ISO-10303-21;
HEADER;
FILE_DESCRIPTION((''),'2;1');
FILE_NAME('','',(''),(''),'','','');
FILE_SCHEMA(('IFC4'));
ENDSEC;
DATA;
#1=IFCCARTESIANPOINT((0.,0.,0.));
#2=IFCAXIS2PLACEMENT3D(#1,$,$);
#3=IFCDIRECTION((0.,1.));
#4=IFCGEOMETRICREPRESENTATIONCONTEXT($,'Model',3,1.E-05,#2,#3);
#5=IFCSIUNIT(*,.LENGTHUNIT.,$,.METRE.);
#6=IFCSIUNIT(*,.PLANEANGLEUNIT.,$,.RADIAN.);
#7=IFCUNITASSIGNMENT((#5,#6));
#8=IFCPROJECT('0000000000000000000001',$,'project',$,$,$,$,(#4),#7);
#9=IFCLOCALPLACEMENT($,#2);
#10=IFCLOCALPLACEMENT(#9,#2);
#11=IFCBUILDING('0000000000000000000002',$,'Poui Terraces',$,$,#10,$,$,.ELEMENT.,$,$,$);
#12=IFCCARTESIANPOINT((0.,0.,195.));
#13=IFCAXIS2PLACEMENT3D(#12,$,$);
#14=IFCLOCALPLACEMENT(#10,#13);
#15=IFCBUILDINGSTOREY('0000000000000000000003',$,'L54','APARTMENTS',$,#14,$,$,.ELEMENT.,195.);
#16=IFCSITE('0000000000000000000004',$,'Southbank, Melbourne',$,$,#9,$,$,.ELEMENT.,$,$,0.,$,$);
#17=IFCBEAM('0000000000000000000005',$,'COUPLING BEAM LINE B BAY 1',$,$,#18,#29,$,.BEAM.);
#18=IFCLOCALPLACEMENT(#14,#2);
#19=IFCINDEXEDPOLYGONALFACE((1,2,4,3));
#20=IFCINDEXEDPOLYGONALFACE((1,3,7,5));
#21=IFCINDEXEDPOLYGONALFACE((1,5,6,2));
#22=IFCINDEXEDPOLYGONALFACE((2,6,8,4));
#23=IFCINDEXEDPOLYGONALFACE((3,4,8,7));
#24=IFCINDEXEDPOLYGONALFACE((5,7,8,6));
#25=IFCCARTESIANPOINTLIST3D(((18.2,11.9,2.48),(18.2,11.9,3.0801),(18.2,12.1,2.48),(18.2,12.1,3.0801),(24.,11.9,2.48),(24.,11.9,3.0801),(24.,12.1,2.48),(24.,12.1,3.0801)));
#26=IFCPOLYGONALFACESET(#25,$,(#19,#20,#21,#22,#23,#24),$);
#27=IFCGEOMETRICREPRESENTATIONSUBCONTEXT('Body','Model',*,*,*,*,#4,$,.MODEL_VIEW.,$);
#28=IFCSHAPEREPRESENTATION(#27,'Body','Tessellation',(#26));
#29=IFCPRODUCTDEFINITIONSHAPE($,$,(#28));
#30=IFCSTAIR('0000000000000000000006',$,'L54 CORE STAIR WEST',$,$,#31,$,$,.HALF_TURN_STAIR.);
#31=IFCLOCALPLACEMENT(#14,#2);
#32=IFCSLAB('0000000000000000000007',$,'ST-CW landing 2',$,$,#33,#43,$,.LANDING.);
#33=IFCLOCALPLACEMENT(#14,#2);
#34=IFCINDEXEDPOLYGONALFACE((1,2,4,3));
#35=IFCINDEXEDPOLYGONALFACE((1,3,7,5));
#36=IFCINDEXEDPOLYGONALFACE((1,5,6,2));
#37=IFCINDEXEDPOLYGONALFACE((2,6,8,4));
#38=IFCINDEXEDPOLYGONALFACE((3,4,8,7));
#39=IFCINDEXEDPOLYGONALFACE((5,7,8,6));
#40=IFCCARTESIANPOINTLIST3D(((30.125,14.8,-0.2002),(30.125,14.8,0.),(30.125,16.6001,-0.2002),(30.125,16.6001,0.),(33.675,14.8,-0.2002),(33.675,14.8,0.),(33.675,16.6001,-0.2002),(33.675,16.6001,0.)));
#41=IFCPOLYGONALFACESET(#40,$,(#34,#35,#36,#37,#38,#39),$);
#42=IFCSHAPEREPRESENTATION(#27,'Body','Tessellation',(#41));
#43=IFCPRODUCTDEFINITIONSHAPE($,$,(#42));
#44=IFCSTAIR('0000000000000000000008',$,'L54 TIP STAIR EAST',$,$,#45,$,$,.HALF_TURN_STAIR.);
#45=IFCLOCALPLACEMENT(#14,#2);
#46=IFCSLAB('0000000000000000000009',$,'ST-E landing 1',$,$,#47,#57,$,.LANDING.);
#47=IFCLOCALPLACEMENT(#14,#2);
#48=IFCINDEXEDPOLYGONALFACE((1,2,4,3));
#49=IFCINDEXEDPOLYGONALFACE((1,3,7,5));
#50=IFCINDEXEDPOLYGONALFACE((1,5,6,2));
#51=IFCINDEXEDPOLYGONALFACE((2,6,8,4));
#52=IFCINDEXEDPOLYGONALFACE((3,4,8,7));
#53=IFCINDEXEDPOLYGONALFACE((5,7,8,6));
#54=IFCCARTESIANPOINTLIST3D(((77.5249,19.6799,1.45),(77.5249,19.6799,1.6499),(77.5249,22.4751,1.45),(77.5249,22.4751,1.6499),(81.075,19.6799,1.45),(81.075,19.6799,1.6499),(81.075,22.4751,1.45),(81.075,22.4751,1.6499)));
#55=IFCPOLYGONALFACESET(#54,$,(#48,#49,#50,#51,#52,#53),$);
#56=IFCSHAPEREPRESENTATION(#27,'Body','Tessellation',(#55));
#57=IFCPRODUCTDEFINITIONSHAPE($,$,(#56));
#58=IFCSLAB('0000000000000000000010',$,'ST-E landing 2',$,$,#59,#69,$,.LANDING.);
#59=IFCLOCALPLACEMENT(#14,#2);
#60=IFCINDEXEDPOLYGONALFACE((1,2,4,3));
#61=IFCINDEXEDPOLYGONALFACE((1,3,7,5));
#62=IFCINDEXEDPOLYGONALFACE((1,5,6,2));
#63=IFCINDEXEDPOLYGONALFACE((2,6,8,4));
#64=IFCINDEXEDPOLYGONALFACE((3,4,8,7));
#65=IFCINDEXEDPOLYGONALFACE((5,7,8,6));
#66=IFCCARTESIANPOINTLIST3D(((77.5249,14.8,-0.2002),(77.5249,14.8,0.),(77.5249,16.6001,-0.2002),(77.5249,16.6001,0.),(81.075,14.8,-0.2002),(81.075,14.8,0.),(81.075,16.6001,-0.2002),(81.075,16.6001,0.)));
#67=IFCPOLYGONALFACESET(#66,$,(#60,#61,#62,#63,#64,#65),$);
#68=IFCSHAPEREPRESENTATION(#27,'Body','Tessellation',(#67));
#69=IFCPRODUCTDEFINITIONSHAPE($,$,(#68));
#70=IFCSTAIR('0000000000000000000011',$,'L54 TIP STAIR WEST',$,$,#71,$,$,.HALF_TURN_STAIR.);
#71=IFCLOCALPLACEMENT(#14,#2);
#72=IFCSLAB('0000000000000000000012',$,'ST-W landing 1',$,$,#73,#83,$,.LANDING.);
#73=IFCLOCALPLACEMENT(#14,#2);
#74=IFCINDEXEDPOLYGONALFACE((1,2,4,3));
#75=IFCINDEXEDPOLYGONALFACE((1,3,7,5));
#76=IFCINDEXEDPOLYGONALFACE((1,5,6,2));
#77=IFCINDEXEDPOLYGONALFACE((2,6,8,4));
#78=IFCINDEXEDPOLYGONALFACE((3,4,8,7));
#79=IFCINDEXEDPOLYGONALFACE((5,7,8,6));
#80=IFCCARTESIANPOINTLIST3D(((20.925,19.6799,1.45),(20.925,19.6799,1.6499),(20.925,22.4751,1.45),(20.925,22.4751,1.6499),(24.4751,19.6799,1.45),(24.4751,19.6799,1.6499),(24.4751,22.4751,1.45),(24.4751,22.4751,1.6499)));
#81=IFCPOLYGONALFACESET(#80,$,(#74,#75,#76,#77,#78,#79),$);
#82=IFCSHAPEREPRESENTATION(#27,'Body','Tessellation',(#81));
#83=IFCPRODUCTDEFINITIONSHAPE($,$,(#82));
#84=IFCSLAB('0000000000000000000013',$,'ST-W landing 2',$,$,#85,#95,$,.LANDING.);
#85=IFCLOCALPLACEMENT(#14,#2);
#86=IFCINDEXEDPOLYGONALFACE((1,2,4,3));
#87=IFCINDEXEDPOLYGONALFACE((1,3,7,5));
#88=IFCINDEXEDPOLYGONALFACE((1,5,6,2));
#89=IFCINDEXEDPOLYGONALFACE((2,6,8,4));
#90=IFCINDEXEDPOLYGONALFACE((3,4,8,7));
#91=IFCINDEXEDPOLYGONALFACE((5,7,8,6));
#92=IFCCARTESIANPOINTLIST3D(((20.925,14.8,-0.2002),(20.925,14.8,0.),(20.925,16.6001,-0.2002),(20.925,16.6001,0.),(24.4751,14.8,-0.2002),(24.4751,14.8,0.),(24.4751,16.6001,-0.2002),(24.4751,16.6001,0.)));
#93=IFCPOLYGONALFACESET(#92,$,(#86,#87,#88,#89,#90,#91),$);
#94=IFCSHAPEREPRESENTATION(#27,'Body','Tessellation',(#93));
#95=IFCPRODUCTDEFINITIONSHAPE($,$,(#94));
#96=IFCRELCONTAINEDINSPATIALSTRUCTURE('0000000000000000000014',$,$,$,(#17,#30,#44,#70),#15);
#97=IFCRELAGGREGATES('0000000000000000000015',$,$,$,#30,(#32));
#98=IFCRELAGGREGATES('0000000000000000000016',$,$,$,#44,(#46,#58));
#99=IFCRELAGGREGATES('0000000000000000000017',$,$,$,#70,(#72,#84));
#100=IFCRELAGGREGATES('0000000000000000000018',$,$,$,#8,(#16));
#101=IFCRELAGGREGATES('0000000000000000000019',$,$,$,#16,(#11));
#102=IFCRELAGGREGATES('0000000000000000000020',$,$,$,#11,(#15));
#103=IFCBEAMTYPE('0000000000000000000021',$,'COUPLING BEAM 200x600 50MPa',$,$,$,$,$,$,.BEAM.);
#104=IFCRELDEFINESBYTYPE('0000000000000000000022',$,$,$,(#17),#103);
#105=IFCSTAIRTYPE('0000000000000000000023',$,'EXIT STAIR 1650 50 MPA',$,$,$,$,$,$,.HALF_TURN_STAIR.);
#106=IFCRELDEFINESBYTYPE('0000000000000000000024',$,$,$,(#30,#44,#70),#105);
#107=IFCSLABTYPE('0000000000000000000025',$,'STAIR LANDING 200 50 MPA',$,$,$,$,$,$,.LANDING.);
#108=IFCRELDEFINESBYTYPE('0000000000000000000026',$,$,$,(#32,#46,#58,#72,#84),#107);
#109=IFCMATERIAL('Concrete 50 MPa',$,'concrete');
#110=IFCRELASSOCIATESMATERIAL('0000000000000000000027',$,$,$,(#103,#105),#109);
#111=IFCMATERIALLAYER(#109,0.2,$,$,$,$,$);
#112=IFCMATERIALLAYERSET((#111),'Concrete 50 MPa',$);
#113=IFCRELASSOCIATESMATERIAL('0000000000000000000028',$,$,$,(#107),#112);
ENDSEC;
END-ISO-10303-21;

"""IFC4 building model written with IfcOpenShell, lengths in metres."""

from ifc_helpers import new_model, si_unit, direction, frame, origin, origin_2d, place, context, subcontext, project, spatial, polyline, rectangle, outline, extrude, source, transform, mapped, material, layer, layer_set, material_profile, profile_set, type_object, element, aggregate, save


model = new_model("IFC4")

# Units and contexts
model_context = context("Model", 3, precision=1e-05, world=origin(), true_north=direction((0.0, 1.0)))
body_context = subcontext(model_context, "Body", "Model", "MODEL_VIEW")
ifc_project = project(units=[si_unit("LENGTHUNIT", "METRE"), si_unit("PLANEANGLEUNIT", "RADIAN")], contexts=[model_context])

# Site, building, storey
site_placement = place(None, origin())
site = spatial("IfcSite", under=ifc_project, at=site_placement, Name="Southbank, Melbourne", CompositionType="ELEMENT", RefElevation=0.0)
building_placement = place(site_placement, origin())
building = spatial("IfcBuilding", under=site, at=building_placement, Name="Poui Terraces", CompositionType="ELEMENT")
storey_placement = place(building_placement, frame((0.0, 0.0, 195.0)))
storey = spatial("IfcBuildingStorey", under=building, at=storey_placement, Name="L54", Description="APARTMENTS", CompositionType="ELEMENT", Elevation=195.0)

# Beam
ifc_material_1 = material(Name="Concrete 50 MPa", Category="concrete")
ifc_material_profile = material_profile(ifc_material_1, rectangle(XDim=0.2, YDim=0.6001, at=origin_2d()), Name="RC 200x600")
ifc_profile_set = profile_set([ifc_material_profile], Name="Concrete 50 MPa")
beam_type = type_object("IfcBeamType", Name="COUPLING BEAM 200x600 50MPa", PredefinedType="BEAM", material=ifc_profile_set)
shared_shape_1 = source(origin(), body_context, "Body", "SweptSolid", [
    extrude(rectangle(XDim=0.2, YDim=0.6001, at=origin_2d()), origin(), (0.0, 0.0, 1.0), 5.8),
])
beam_placement = place(storey_placement, frame((18.2, 12.0, 2.78), z_axis=(1.0, 0.0, 0.0), x_axis=(0.0, 1.0, 0.0)))
element("IfcBeam", 1, at=beam_placement, inside=storey, type_object=beam_type, Name="COUPLING BEAM LINE B BAY 1", PredefinedType="BEAM", context=body_context, shape_type="MappedRepresentation", body=[
    mapped(shared_shape_1, transform((0.0, 0.0, 0.0))),
])

# Stair, slab
stair_type = type_object("IfcStairType", Name="EXIT STAIR 1650 50 MPA", PredefinedType="HALF_TURN_STAIR", material=ifc_material_1)
stair_1_placement = place(storey_placement, origin())
stair_1 = element("IfcStair", 2, at=stair_1_placement, inside=storey, type_object=stair_type, Name="L54 CORE STAIR WEST", PredefinedType="HALF_TURN_STAIR")
ifc_layer_1 = layer(ifc_material_1, 0.2)
ifc_layer_set_1 = layer_set([ifc_layer_1], Name="Concrete 50 MPa")
slab_type_1 = type_object("IfcSlabType", Name="STAIR LANDING 200 50 MPA", PredefinedType="LANDING", material=ifc_layer_set_1)
slab_1_placement = place(storey_placement, frame((0.0, 0.0, -0.2002)))
slab_1 = element("IfcSlab", 3, at=slab_1_placement, type_object=slab_type_1, Name="ST-CW landing 2", PredefinedType="LANDING", context=body_context, shape_type="SweptSolid", body=[
    extrude(outline(polyline([(30.125, 14.8), (33.675, 14.8), (33.675, 16.6001), (30.125, 16.6001), (30.125, 14.8)])), origin(), (0.0, 0.0, 1.0), 0.2002),
])
aggregate(stair_1, [slab_1])

# Stairs, slabs
stair_2_placement = place(storey_placement, origin())
stair_2 = element("IfcStair", 4, at=stair_2_placement, inside=storey, type_object=stair_type, Name="L54 TIP STAIR EAST", PredefinedType="HALF_TURN_STAIR")
slab_2_placement = place(storey_placement, frame((0.0, 0.0, 1.45)))
slab_2 = element("IfcSlab", 5, at=slab_2_placement, type_object=slab_type_1, Name="ST-E landing 1", PredefinedType="LANDING", context=body_context, shape_type="SweptSolid", body=[
    extrude(outline(polyline([(77.5249, 19.6799), (81.075, 19.6799), (81.075, 22.4751), (77.5249, 22.4751), (77.5249, 19.6799)])), origin(), (0.0, 0.0, 1.0), 0.2),
])
slab_3_placement = place(storey_placement, frame((0.0, 0.0, -0.2002)))
slab_3 = element("IfcSlab", 6, at=slab_3_placement, type_object=slab_type_1, Name="ST-E landing 2", PredefinedType="LANDING", context=body_context, shape_type="SweptSolid", body=[
    extrude(outline(polyline([(77.5249, 14.8), (81.075, 14.8), (81.075, 16.6001), (77.5249, 16.6001), (77.5249, 14.8)])), origin(), (0.0, 0.0, 1.0), 0.2002),
])
aggregate(stair_2, [slab_2, slab_3])
stair_3_placement = place(storey_placement, origin())
stair_3 = element("IfcStair", 7, at=stair_3_placement, inside=storey, type_object=stair_type, Name="L54 TIP STAIR WEST", PredefinedType="HALF_TURN_STAIR")
slab_4_placement = place(storey_placement, frame((0.0, 0.0, 1.45)))
slab_4 = element("IfcSlab", 8, at=slab_4_placement, type_object=slab_type_1, Name="ST-W landing 1", PredefinedType="LANDING", context=body_context, shape_type="SweptSolid", body=[
    extrude(outline(polyline([(20.925, 19.6799), (24.4751, 19.6799), (24.4751, 22.4751), (20.925, 22.4751), (20.925, 19.6799)])), origin(), (0.0, 0.0, 1.0), 0.2),
])
slab_5_placement = place(storey_placement, frame((0.0, 0.0, -0.2002)))
slab_5 = element("IfcSlab", 9, at=slab_5_placement, type_object=slab_type_1, Name="ST-W landing 2", PredefinedType="LANDING", context=body_context, shape_type="SweptSolid", body=[
    extrude(outline(polyline([(20.925, 14.8), (24.4751, 14.8), (24.4751, 16.6001), (20.925, 16.6001), (20.925, 14.8)])), origin(), (0.0, 0.0, 1.0), 0.2002),
])
aggregate(stair_3, [slab_4, slab_5])

save(model, "model.ifc")
